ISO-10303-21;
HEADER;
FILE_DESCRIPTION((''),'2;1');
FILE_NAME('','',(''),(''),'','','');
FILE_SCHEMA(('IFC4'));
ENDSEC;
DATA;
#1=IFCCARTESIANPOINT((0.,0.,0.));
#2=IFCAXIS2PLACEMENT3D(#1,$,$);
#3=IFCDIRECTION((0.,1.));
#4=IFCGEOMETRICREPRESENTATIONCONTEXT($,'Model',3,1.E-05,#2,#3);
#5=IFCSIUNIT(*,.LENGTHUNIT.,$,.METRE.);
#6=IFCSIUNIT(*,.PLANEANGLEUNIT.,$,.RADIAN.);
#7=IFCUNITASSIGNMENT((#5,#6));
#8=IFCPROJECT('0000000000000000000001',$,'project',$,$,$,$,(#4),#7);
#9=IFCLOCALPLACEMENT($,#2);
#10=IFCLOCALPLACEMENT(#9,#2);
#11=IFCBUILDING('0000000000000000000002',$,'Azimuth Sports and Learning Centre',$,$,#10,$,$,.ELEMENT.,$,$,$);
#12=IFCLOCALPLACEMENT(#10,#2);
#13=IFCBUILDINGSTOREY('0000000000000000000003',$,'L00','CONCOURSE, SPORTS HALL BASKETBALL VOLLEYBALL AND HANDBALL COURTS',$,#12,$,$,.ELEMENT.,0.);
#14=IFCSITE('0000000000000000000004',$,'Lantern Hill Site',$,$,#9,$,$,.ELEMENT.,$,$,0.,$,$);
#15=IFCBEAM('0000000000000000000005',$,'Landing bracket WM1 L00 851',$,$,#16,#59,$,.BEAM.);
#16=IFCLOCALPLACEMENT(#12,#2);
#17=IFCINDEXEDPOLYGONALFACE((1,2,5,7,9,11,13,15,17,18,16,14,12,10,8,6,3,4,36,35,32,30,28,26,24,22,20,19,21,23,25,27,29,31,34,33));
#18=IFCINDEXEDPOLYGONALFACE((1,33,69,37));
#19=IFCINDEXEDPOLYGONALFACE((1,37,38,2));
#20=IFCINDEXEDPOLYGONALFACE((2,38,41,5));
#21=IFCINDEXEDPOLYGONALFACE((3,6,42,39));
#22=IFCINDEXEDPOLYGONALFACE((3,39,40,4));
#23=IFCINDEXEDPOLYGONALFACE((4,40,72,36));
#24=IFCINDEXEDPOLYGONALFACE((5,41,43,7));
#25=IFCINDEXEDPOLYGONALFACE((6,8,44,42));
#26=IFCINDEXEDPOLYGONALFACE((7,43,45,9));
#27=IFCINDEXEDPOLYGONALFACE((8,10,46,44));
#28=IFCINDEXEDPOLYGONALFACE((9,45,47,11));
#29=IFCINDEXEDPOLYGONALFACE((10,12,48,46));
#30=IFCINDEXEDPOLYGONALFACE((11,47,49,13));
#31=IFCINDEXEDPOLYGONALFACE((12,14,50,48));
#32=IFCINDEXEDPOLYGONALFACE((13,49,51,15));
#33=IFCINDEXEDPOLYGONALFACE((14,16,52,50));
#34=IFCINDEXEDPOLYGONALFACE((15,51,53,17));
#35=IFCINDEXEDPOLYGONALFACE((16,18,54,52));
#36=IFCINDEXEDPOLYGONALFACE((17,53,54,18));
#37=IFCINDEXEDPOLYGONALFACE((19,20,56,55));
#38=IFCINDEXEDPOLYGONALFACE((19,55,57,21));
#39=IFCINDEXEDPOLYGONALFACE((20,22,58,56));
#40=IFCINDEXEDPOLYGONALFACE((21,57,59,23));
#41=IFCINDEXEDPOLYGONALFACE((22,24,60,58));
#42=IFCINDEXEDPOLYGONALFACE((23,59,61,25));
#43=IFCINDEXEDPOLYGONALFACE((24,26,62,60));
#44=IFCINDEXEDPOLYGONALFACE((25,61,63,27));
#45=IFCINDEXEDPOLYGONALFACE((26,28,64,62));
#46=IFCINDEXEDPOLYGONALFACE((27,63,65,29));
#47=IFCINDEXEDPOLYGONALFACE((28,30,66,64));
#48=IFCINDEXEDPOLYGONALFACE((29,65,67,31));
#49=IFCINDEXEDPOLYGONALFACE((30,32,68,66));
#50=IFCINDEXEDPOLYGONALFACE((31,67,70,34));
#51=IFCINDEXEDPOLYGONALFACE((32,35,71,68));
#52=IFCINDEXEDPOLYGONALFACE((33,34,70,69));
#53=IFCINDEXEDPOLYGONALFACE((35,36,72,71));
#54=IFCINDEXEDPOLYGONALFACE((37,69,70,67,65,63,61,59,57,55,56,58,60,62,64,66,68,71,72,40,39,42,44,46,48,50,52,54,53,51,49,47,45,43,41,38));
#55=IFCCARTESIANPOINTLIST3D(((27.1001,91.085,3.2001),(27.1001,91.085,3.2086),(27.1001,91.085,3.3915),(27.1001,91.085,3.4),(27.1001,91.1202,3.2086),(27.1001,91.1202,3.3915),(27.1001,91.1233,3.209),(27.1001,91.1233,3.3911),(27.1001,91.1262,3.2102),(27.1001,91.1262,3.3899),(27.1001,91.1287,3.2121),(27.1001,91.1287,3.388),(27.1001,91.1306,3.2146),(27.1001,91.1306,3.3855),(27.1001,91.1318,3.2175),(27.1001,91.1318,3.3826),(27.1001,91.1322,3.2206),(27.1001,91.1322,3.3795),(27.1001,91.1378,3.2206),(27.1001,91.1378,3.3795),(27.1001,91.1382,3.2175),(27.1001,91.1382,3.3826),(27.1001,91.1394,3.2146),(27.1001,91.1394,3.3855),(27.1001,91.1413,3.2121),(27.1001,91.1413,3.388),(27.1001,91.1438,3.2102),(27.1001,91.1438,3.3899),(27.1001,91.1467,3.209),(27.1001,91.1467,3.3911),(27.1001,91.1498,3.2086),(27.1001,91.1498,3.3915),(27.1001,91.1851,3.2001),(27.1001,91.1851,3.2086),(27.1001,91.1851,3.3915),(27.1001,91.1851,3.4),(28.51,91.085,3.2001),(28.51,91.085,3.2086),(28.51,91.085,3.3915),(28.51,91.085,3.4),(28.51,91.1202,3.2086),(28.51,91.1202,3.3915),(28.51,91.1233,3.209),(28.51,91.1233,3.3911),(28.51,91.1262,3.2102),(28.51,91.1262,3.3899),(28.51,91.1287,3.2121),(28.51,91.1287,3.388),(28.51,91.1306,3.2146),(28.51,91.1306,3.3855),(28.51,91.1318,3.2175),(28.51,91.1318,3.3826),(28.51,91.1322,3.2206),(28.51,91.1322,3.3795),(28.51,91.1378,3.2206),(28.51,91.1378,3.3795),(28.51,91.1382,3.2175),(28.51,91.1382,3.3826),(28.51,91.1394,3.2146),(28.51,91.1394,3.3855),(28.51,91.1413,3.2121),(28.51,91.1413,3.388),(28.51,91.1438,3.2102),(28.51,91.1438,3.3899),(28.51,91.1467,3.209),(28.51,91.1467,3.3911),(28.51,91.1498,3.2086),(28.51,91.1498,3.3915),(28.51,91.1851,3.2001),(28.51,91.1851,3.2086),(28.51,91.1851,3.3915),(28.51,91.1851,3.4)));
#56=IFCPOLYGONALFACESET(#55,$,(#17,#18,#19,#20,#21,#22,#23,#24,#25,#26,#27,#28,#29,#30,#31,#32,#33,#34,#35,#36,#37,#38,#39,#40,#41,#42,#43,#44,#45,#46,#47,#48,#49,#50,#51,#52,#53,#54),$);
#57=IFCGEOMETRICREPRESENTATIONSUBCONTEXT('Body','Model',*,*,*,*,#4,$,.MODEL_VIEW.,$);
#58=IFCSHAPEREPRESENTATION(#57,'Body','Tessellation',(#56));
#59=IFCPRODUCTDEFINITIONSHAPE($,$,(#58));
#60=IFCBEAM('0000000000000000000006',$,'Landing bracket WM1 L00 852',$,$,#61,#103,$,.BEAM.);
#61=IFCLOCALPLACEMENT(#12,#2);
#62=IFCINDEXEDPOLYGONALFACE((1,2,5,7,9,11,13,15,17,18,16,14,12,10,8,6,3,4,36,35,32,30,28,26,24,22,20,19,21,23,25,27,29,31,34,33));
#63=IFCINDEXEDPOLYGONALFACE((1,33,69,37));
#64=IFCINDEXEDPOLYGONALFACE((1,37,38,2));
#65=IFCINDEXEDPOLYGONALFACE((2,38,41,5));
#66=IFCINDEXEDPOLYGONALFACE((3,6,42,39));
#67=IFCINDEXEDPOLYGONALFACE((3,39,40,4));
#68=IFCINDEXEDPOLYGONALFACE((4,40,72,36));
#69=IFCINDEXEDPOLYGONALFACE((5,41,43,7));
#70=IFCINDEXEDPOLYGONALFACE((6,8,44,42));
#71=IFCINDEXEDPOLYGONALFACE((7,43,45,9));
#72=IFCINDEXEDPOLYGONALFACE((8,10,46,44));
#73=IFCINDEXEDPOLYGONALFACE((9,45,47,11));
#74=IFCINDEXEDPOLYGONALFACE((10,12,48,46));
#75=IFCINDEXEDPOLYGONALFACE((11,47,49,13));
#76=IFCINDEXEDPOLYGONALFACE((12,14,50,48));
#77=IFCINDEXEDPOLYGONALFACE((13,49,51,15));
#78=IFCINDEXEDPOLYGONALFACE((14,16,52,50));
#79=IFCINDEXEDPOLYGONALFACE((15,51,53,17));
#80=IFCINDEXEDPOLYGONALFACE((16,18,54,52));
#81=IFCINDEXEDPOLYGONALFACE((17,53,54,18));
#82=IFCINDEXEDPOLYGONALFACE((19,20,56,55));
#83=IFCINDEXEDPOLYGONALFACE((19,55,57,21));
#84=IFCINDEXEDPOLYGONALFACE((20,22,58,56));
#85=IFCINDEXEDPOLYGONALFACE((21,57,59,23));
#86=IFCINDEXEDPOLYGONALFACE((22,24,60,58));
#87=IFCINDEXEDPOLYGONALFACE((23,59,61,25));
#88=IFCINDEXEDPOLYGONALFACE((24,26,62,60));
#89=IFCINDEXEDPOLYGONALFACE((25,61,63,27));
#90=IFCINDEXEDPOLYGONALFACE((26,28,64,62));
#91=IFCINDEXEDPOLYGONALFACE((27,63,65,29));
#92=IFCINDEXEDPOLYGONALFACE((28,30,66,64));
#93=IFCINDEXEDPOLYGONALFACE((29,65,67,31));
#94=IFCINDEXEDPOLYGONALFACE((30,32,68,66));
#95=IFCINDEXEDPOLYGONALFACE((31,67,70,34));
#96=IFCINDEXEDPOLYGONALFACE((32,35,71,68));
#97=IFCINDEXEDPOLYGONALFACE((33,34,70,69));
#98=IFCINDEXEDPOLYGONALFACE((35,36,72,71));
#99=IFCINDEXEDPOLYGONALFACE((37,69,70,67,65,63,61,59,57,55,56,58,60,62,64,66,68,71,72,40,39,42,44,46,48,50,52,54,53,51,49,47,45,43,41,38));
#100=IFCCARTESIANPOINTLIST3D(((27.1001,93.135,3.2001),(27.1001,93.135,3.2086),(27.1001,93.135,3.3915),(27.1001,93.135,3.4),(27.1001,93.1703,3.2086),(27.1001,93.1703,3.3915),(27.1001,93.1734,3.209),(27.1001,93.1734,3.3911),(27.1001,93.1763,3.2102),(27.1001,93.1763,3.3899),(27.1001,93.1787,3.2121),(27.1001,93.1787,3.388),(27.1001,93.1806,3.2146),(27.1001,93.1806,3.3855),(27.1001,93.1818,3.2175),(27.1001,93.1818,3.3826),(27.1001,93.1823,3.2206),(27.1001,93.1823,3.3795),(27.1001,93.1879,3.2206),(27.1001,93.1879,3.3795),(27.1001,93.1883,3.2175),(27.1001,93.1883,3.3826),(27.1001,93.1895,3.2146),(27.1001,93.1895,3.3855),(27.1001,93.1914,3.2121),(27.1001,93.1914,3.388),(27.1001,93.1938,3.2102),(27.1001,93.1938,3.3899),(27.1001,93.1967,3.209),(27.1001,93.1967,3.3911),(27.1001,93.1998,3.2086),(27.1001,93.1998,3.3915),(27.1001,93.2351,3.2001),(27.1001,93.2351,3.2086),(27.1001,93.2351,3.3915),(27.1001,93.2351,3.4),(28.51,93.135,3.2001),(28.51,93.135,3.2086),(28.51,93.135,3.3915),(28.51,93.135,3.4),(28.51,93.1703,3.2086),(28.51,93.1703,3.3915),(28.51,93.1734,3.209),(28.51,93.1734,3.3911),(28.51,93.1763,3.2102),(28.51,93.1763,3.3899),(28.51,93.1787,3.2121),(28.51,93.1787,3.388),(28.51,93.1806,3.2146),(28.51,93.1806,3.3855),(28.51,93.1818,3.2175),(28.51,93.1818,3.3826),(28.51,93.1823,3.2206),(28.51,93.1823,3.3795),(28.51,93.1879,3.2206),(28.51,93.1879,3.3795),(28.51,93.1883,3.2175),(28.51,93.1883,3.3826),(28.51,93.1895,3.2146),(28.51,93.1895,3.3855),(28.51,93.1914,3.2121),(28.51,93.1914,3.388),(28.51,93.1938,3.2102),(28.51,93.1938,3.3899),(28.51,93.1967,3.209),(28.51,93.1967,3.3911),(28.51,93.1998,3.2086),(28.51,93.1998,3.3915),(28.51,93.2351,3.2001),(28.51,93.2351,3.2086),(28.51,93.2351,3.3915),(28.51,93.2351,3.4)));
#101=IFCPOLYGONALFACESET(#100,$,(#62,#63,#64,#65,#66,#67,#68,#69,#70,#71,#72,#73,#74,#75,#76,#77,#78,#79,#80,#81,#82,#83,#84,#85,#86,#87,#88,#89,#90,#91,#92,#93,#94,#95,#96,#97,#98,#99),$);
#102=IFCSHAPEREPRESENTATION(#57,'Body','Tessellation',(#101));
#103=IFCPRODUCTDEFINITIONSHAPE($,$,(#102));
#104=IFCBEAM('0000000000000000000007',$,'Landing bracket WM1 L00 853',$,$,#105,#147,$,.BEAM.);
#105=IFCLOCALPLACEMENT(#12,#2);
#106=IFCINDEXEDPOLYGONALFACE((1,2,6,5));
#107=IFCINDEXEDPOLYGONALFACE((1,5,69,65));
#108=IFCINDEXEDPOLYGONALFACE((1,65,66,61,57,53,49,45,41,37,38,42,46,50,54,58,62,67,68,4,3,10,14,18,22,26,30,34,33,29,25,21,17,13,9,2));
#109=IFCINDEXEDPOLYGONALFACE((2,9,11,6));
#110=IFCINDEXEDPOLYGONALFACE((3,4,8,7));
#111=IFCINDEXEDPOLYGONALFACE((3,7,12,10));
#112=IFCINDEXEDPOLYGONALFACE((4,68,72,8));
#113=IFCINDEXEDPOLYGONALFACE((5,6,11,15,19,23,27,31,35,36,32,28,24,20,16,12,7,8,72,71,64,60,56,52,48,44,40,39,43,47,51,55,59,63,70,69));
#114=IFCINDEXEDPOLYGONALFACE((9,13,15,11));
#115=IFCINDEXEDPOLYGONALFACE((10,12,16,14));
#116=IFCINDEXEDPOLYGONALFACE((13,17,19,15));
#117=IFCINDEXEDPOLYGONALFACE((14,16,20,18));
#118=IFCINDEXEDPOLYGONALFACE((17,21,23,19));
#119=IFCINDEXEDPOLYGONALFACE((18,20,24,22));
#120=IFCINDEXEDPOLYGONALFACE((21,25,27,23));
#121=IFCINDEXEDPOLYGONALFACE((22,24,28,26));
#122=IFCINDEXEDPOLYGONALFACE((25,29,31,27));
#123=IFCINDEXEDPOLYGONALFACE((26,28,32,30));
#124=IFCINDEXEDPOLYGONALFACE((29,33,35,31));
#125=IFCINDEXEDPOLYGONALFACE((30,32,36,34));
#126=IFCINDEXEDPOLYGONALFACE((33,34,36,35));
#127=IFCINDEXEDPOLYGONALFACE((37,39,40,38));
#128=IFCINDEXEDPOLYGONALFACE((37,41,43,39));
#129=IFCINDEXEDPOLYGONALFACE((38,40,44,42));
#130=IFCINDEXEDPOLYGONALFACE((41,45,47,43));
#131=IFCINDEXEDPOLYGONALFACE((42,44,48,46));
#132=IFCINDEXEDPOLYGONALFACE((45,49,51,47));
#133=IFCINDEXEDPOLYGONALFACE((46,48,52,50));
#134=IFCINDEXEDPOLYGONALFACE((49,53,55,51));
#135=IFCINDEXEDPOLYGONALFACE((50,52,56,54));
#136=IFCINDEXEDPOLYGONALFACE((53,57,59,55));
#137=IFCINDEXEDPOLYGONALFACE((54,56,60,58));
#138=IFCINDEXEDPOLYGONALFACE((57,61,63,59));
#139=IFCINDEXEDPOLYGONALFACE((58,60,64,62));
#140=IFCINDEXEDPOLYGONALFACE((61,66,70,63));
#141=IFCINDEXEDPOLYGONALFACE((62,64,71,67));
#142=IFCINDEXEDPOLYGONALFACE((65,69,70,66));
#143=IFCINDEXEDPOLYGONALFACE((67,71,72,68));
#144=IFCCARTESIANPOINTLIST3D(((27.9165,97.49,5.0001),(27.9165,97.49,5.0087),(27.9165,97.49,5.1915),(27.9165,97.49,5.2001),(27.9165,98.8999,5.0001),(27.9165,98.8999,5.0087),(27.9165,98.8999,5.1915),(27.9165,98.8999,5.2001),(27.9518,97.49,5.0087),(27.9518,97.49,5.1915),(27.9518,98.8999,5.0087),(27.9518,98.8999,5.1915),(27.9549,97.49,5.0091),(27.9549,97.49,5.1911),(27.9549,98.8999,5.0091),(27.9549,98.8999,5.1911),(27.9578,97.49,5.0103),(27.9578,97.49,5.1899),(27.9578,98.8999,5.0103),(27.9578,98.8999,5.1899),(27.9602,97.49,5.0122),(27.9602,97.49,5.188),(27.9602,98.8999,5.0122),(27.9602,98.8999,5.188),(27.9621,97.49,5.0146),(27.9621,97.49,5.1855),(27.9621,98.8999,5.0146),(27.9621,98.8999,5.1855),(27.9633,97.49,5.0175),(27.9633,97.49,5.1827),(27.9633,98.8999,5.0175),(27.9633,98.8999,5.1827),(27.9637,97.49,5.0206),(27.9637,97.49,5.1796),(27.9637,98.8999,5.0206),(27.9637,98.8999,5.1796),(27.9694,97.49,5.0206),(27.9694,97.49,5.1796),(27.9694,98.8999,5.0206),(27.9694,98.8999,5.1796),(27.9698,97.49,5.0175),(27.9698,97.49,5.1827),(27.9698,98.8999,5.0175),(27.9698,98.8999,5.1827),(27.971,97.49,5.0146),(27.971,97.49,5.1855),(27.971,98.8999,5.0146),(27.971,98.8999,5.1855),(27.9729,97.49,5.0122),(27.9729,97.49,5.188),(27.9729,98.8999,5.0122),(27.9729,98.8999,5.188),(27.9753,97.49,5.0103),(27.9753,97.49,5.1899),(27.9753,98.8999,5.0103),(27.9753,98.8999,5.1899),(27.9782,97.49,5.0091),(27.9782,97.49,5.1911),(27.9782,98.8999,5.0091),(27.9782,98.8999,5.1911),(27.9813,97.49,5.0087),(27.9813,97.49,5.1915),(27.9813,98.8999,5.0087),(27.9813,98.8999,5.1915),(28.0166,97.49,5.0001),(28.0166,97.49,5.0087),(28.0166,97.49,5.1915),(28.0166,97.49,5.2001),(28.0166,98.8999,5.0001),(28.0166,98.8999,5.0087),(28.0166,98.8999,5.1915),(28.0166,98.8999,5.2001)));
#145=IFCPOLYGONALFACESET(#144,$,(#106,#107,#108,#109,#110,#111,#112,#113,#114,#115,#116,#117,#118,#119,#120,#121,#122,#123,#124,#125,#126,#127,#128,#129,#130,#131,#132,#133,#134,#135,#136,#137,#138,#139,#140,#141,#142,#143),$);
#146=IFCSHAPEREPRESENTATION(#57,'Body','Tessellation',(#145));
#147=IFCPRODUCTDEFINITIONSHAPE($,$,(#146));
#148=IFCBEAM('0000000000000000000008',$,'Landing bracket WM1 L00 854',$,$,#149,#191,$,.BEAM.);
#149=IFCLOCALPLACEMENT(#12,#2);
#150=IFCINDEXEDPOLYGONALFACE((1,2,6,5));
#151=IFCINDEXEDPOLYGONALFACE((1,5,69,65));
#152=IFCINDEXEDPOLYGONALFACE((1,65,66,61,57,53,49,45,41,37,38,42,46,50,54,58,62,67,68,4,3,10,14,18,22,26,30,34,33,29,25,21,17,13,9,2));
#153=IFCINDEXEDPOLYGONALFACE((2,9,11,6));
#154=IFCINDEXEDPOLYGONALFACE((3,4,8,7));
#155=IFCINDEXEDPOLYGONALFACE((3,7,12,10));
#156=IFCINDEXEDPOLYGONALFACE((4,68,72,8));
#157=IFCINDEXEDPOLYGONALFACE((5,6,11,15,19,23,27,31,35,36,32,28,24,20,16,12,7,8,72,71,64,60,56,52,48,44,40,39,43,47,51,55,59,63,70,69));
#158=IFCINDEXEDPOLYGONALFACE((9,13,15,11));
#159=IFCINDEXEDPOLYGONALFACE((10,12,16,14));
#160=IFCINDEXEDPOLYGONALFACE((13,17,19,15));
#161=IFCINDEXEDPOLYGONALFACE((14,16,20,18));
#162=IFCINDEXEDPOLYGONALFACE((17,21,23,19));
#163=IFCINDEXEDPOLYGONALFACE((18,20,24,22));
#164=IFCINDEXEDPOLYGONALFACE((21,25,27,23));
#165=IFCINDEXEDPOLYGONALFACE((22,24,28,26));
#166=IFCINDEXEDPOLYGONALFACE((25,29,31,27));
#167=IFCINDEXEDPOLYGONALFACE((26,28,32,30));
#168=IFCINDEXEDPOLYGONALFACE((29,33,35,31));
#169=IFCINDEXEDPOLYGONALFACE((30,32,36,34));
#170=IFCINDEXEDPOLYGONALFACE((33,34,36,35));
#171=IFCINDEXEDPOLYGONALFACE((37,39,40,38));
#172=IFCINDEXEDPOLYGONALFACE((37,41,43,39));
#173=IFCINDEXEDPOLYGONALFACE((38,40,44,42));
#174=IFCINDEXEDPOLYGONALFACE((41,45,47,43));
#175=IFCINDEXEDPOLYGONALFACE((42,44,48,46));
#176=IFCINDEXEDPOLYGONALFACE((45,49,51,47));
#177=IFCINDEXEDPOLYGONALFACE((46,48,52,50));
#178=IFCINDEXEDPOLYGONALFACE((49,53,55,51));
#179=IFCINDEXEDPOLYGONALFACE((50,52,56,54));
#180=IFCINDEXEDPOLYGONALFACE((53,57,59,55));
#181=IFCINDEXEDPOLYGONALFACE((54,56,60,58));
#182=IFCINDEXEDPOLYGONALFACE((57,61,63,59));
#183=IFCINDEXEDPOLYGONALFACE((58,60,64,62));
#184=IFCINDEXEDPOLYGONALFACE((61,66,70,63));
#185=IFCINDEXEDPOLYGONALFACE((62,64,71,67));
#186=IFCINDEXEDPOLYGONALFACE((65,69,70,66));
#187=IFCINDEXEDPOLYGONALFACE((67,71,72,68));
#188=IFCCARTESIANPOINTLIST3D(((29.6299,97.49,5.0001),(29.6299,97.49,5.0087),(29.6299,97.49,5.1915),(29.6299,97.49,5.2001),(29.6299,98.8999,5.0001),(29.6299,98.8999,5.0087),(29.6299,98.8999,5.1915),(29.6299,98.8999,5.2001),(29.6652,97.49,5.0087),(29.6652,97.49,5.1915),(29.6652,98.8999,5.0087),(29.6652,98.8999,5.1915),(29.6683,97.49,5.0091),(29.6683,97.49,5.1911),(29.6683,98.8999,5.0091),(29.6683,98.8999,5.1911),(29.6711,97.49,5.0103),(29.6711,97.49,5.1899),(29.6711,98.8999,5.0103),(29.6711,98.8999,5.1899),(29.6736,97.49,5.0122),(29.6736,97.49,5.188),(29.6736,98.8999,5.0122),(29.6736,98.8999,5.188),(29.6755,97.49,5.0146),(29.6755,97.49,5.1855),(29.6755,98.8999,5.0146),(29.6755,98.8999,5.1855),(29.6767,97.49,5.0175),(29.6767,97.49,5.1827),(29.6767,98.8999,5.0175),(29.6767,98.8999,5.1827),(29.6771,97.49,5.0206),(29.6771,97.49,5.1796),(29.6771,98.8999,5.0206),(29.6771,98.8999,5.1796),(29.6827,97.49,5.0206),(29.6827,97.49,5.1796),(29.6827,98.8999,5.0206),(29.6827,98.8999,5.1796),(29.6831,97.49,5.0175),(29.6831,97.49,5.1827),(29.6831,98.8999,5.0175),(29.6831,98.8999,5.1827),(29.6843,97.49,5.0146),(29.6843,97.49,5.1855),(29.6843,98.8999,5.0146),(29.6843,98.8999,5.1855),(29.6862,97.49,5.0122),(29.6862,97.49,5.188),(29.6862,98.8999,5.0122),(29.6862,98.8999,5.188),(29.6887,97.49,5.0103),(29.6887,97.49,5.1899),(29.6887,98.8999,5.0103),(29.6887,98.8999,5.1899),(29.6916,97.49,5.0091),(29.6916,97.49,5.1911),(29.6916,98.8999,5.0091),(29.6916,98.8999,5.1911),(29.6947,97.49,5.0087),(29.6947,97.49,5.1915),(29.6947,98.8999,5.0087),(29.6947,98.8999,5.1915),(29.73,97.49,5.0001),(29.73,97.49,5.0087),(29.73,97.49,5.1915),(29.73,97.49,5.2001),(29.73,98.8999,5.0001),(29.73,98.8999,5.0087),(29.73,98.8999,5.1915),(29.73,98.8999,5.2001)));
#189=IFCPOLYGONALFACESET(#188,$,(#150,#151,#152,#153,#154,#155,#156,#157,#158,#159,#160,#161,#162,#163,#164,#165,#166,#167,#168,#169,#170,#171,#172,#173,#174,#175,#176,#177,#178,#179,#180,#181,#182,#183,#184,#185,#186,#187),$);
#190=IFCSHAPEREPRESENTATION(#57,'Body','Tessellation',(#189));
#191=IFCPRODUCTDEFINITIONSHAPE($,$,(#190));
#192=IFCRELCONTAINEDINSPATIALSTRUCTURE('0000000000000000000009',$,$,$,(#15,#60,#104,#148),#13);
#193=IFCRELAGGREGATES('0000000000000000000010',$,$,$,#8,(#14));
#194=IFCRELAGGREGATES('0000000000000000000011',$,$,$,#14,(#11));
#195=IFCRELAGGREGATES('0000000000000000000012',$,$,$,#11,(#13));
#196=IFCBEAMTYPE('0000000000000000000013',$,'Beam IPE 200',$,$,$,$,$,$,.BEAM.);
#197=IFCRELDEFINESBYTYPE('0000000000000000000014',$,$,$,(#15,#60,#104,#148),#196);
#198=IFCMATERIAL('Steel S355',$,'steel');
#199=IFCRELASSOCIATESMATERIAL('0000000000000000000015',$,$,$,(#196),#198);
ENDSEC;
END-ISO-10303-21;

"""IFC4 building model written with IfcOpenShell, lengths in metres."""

from ifc_helpers import new_model, si_unit, direction, frame, origin, origin_2d, place, context, subcontext, project, spatial, i_section, extrude, material, material_profile, profile_set, type_object, element, save


model = new_model("IFC4")

# Units and contexts
model_context = context("Model", 3, precision=1e-05, world=origin(), true_north=direction((0.0, 1.0)))
body_context = subcontext(model_context, "Body", "Model", "MODEL_VIEW")
ifc_project = project(units=[si_unit("LENGTHUNIT", "METRE"), si_unit("PLANEANGLEUNIT", "RADIAN")], contexts=[model_context])

# Site, building, storey
site_placement = place(None, origin())
site = spatial("IfcSite", under=ifc_project, at=site_placement, Name="Lantern Hill Site", CompositionType="ELEMENT", RefElevation=0.0)
building_placement = place(site_placement, origin())
building = spatial("IfcBuilding", under=site, at=building_placement, Name="Azimuth Sports and Learning Centre", CompositionType="ELEMENT")
storey_placement = place(building_placement, origin())
storey = spatial("IfcBuildingStorey", under=building, at=storey_placement, Name="L00", Description="CONCOURSE, SPORTS HALL BASKETBALL VOLLEYBALL AND HANDBALL COURTS", CompositionType="ELEMENT", Elevation=0.0)

# Beams
ifc_material_1 = material(Name="Steel S355", Category="steel")
ifc_material_profile_1 = material_profile(ifc_material_1, i_section(OverallWidth=0.1001, OverallDepth=0.2, WebThickness=0.0056, FlangeThickness=0.0085, FilletRadius=0.012, at=origin_2d()), Name="IPE 200")
ifc_profile_set_1 = profile_set([ifc_material_profile_1], Name="Steel S355")
beam_type = type_object("IfcBeamType", Name="Beam IPE 200", PredefinedType="BEAM", material=ifc_profile_set_1)
for number, where, z_axis, x_axis, name in (
    (1, (27.1001, 91.135, 3.3), (1.0, 0.0, 0.0), (0.0, 1.0, 0.0), "Landing bracket WM1 L00 851"),
    (2, (27.1001, 93.1851, 3.3), (1.0, 0.0, 0.0), (0.0, 1.0, 0.0), "Landing bracket WM1 L00 852"),
    (3, (27.9666, 98.8999, 5.1001), (0.0, -1.0, 0.0), (1.0, 0.0, 0.0), "Landing bracket WM1 L00 853"),
    (4, (29.6799, 98.8999, 5.1001), (0.0, -1.0, 0.0), (1.0, 0.0, 0.0), "Landing bracket WM1 L00 854"),
):
    element("IfcBeam", number, at=place(storey_placement, frame(where, z_axis=z_axis, x_axis=x_axis)), inside=storey, type_object=beam_type, Name=name, PredefinedType="BEAM", context=body_context, shape_type="SweptSolid", body=[
        extrude(i_section(OverallWidth=0.1001, OverallDepth=0.2, WebThickness=0.0056, FlangeThickness=0.0085, FilletRadius=0.012, at=origin_2d()), origin(), (0.0, 0.0, 1.0), 1.4099),
    ])

save(model, "model.ifc")
